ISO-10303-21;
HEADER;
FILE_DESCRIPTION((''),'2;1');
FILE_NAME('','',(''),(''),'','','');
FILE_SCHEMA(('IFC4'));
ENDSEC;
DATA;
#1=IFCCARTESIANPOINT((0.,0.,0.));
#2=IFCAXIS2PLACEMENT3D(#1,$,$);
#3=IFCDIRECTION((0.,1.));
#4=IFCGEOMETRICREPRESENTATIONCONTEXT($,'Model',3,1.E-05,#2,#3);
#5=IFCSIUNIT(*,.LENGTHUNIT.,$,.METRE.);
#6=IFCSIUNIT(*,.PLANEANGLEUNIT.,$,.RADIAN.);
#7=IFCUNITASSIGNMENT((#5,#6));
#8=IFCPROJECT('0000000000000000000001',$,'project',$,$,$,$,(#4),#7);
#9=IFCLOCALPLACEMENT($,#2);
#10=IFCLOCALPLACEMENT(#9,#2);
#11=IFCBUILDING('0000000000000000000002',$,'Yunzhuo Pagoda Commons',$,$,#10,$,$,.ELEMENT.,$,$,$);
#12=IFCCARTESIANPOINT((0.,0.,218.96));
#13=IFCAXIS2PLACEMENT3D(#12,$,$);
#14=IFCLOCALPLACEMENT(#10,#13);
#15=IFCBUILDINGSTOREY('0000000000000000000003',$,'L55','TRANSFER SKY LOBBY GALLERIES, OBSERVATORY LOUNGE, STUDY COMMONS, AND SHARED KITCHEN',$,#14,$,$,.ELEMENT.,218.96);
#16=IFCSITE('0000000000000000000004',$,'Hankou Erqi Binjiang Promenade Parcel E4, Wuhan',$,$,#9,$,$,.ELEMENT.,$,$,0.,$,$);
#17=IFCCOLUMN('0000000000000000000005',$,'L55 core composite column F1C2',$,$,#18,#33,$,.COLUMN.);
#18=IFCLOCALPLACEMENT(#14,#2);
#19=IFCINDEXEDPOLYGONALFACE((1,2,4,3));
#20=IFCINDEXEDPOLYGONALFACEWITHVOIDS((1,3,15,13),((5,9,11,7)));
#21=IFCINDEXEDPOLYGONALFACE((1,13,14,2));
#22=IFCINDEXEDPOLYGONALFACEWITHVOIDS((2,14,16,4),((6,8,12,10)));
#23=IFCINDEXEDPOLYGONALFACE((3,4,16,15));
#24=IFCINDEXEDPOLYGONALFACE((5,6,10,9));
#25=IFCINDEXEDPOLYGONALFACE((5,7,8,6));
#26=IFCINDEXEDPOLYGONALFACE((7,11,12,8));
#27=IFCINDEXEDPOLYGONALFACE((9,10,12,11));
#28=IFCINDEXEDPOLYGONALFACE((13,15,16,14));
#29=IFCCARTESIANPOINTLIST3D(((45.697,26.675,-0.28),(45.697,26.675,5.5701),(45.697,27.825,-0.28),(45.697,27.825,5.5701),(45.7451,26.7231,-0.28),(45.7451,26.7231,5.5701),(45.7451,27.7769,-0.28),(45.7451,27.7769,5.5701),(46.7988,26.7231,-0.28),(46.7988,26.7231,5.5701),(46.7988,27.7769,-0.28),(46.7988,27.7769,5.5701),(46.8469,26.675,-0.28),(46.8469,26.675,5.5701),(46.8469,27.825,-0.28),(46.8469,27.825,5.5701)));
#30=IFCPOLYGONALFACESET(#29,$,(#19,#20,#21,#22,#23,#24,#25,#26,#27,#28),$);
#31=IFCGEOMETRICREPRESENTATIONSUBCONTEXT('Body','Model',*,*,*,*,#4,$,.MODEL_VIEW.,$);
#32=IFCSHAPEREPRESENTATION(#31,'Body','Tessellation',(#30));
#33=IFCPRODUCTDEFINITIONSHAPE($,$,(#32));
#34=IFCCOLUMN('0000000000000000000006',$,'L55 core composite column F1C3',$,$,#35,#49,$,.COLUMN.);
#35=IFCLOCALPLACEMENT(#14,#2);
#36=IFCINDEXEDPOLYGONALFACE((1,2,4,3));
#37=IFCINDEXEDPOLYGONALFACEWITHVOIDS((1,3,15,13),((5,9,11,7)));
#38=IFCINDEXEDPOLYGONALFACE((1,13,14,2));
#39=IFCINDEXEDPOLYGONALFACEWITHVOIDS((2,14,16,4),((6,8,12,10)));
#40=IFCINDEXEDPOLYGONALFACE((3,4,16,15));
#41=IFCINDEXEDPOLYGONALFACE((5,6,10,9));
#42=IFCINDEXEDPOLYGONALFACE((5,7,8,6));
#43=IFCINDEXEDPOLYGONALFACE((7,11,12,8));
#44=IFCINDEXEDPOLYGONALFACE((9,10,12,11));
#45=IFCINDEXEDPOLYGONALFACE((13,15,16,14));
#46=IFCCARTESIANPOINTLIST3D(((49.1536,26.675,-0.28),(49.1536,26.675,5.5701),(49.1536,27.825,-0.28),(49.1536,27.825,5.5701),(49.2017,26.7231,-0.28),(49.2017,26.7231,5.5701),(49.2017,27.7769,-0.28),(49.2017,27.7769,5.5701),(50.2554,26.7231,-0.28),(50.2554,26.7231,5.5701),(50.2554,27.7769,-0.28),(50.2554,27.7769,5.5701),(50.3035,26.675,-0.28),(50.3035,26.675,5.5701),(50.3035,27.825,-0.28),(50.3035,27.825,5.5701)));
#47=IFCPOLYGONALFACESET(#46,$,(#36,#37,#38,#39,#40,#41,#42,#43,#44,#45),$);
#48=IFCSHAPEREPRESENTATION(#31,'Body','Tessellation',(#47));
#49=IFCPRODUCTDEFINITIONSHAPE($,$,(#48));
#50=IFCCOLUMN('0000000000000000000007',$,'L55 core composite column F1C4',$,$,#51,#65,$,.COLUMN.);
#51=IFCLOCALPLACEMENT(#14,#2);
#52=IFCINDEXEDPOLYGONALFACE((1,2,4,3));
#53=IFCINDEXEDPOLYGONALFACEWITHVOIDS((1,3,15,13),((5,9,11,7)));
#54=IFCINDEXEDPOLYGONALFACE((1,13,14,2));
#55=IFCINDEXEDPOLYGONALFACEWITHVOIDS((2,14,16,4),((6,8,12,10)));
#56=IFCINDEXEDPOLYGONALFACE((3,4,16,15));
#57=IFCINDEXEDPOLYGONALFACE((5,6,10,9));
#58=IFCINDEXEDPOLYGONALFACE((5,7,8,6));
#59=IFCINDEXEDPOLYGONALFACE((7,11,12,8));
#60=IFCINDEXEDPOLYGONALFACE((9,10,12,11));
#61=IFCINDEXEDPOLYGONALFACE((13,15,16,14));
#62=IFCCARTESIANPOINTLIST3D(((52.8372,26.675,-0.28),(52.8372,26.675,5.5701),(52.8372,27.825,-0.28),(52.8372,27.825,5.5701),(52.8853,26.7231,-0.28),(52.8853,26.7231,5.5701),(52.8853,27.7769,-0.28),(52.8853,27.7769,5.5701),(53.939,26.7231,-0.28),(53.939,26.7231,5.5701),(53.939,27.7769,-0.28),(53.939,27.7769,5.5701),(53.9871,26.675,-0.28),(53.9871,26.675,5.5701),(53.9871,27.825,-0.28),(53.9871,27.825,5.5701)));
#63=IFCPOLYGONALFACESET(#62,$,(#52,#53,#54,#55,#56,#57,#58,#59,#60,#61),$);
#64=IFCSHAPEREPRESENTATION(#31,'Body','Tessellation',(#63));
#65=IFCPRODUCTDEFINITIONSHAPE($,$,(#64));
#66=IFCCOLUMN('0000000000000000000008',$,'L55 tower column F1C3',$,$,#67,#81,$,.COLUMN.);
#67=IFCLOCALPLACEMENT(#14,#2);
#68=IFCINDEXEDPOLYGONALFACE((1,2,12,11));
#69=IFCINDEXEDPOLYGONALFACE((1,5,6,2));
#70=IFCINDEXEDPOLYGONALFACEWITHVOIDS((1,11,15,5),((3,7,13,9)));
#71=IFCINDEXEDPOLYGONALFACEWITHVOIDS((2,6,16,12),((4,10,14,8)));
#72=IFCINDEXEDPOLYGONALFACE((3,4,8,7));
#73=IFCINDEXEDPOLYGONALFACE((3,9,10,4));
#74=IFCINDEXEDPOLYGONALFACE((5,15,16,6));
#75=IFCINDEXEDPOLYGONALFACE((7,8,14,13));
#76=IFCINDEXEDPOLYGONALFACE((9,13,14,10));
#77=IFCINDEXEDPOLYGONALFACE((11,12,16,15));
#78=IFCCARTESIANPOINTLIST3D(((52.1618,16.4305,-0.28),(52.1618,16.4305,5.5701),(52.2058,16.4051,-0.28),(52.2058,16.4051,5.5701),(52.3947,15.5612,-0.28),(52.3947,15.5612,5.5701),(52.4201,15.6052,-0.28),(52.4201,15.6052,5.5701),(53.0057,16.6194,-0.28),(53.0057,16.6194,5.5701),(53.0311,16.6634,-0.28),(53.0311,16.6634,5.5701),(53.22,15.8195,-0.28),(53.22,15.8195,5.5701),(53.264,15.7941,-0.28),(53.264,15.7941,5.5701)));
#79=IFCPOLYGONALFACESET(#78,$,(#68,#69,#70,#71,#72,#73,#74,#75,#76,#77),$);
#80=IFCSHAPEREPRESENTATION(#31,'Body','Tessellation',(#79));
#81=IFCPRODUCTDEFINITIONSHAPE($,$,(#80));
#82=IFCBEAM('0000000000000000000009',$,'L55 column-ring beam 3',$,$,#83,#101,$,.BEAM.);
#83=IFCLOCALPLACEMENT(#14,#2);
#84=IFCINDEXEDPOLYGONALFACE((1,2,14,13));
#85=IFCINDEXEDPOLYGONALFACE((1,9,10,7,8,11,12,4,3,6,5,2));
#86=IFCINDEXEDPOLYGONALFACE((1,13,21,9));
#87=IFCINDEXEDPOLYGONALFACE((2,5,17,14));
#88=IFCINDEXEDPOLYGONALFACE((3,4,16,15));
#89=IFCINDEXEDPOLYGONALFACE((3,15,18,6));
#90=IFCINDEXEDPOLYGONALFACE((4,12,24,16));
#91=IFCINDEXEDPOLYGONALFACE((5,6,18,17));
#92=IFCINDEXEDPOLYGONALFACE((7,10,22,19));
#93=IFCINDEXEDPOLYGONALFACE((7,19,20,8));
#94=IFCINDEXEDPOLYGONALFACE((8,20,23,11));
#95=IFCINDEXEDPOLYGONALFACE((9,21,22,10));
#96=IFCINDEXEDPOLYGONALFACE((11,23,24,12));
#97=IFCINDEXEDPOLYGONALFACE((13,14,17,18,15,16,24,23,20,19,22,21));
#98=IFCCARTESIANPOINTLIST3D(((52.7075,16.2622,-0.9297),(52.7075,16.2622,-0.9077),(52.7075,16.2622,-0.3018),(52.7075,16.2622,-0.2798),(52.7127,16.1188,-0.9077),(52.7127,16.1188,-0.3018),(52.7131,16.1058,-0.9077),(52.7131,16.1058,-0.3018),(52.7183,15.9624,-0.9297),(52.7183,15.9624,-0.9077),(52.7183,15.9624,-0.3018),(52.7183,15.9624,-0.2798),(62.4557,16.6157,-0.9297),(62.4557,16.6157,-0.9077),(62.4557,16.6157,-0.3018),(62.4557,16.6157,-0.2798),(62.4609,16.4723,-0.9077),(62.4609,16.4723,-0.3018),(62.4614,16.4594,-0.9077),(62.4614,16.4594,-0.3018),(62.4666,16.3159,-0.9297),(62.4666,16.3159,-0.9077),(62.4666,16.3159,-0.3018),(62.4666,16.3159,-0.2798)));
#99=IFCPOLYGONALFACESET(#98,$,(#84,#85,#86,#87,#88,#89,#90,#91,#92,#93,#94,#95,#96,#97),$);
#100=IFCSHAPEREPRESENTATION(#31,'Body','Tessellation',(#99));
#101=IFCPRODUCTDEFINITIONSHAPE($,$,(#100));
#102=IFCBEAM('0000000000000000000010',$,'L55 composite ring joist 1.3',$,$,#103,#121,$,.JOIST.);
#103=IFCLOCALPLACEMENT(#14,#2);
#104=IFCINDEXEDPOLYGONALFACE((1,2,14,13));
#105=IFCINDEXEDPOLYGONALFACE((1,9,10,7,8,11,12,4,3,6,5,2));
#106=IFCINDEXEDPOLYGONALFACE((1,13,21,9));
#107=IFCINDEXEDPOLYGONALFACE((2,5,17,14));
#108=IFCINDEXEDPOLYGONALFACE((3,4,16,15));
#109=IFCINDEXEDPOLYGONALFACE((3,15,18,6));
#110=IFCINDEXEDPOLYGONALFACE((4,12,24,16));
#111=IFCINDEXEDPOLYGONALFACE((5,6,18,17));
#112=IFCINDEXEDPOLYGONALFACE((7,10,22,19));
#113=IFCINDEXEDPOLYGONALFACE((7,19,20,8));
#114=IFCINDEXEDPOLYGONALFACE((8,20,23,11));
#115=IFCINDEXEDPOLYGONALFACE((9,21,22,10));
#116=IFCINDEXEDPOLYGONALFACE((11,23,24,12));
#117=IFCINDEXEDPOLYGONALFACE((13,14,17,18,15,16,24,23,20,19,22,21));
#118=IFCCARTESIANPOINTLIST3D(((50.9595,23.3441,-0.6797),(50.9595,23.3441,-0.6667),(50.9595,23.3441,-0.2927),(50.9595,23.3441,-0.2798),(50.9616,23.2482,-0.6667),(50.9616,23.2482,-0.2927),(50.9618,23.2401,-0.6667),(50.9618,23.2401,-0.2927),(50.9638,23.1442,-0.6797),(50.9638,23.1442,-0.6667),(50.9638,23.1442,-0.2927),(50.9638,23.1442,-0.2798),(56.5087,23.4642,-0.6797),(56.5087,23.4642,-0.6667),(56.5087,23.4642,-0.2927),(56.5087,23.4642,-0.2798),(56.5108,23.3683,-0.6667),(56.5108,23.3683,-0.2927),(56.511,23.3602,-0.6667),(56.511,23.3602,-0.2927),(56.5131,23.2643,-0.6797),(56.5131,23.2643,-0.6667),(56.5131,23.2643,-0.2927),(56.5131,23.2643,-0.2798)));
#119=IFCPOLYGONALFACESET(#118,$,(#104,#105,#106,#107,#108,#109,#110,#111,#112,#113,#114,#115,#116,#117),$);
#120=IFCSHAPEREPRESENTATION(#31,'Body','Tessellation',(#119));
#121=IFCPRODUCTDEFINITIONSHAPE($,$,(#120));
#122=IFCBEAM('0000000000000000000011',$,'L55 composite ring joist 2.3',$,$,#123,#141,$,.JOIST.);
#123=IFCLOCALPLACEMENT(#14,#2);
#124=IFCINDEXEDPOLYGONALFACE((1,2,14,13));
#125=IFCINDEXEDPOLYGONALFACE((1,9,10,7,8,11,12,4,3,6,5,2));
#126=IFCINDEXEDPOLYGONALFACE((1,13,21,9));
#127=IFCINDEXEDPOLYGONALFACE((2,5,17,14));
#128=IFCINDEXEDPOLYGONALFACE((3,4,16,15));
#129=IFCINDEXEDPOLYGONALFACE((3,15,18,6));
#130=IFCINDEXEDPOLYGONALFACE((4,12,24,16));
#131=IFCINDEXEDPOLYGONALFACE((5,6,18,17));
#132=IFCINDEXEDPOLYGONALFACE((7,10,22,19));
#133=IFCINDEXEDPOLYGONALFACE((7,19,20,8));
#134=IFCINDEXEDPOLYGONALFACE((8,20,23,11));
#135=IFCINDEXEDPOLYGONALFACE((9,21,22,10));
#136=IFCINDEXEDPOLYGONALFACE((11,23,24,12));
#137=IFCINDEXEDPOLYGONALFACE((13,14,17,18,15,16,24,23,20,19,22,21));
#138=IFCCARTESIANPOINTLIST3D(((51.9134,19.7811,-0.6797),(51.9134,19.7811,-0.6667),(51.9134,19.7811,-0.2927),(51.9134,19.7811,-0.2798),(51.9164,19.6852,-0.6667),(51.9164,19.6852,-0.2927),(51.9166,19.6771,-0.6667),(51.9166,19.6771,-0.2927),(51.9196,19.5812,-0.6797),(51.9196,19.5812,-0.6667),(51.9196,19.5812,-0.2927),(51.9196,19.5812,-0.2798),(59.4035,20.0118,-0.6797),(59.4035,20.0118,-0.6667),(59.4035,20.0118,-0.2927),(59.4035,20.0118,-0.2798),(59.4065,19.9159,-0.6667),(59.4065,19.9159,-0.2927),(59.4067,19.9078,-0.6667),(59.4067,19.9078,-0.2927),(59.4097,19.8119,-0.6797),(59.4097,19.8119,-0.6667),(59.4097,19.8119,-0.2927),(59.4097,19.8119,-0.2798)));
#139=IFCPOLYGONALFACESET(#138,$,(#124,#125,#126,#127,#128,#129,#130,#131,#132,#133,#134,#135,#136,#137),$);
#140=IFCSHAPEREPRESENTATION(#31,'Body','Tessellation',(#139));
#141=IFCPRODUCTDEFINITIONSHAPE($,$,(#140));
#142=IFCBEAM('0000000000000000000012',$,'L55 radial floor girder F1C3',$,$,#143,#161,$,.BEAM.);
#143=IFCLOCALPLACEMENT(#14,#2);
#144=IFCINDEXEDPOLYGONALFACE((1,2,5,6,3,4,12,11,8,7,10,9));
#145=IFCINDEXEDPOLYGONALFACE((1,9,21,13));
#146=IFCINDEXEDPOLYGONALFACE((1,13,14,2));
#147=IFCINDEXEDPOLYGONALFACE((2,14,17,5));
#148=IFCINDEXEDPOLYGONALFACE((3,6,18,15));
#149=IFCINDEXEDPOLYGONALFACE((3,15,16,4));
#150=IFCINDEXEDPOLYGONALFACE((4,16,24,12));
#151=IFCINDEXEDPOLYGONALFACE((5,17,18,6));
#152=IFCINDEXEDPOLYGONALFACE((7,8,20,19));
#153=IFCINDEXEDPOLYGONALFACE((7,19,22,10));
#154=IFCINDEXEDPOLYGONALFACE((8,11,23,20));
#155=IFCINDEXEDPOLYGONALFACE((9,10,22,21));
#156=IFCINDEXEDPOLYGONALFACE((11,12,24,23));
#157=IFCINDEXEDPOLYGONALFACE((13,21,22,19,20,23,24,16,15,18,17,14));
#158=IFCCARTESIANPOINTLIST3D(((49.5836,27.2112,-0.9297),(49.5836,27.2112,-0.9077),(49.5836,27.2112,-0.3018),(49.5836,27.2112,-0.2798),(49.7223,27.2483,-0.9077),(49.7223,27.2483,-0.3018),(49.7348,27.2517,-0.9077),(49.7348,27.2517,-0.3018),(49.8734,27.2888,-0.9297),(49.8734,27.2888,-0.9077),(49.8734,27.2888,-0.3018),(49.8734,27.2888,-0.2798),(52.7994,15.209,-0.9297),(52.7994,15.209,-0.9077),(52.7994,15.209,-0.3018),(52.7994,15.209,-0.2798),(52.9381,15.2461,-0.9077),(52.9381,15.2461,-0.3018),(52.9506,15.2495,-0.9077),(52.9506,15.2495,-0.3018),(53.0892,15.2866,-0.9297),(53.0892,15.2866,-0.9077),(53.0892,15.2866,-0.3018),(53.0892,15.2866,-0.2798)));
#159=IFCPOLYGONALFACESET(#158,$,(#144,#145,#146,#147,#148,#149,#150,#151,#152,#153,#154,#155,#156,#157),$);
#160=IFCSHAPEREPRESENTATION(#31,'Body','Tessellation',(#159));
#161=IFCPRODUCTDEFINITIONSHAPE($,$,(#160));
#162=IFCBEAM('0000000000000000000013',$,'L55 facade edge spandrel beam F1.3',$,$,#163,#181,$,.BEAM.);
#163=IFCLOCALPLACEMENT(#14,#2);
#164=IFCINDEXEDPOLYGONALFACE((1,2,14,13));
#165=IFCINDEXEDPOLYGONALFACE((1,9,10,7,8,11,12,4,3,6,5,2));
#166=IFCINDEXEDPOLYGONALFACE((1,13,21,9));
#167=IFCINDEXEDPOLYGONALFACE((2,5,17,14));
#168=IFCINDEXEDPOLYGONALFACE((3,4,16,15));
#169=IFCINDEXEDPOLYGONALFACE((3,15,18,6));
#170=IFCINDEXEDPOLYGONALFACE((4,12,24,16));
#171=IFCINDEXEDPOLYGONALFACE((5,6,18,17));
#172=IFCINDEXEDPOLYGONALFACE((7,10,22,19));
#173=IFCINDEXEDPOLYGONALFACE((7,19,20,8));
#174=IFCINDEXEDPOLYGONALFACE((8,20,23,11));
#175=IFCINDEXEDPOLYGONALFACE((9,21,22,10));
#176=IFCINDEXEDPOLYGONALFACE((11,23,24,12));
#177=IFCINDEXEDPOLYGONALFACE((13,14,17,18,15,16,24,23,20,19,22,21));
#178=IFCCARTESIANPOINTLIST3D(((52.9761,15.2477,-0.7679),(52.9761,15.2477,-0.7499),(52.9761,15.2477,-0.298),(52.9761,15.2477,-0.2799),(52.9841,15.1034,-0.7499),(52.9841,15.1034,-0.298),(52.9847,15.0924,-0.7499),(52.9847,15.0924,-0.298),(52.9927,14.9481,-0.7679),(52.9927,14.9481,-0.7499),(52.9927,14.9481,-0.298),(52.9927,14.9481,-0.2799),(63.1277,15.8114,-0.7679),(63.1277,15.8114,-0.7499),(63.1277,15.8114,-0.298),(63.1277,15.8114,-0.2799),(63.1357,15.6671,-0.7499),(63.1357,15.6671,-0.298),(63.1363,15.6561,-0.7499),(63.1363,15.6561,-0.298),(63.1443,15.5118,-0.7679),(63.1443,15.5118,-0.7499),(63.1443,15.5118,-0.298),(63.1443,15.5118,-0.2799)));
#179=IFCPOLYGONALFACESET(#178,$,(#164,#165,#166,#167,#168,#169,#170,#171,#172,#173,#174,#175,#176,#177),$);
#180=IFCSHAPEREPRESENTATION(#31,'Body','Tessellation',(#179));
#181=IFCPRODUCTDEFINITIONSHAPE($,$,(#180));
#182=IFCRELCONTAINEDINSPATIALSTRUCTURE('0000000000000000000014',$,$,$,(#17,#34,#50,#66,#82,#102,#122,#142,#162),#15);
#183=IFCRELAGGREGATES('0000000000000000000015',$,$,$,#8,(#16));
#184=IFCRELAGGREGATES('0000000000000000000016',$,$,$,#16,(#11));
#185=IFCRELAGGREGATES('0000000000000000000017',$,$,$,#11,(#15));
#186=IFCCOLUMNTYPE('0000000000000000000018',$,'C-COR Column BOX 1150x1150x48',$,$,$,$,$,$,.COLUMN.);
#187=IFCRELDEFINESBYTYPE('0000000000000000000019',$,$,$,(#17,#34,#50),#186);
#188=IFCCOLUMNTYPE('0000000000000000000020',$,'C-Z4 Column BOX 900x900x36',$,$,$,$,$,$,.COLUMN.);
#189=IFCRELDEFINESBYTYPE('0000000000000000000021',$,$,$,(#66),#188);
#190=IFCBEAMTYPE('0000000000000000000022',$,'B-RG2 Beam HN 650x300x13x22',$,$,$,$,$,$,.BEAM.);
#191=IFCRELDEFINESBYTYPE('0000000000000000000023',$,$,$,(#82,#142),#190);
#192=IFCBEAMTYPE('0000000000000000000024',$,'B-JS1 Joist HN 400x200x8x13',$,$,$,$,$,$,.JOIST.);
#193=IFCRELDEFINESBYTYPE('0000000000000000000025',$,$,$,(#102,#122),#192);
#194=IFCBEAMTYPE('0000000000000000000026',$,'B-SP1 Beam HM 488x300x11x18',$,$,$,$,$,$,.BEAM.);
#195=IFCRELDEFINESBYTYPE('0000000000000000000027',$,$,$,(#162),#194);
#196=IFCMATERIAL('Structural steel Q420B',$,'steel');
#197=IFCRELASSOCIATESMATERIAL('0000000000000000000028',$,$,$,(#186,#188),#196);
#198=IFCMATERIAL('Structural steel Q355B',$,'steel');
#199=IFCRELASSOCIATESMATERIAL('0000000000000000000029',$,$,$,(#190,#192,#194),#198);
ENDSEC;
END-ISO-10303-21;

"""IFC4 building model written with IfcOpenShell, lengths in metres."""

from ifc_helpers import new_model, si_unit, direction, frame, origin, origin_2d, place, context, subcontext, project, spatial, hollow_rectangle, i_section, extrude, source, transform, mapped, material, material_profile, profile_set, type_object, element, save


model = new_model("IFC4")

# Units and contexts
model_context = context("Model", 3, precision=1e-05, world=origin(), true_north=direction((0.0, 1.0)))
body_context = subcontext(model_context, "Body", "Model", "MODEL_VIEW")
ifc_project = project(units=[si_unit("LENGTHUNIT", "METRE"), si_unit("PLANEANGLEUNIT", "RADIAN")], contexts=[model_context])

# Site, building, storey
site_placement = place(None, origin())
site = spatial("IfcSite", under=ifc_project, at=site_placement, Name="Hankou Erqi Binjiang Promenade Parcel E4, Wuhan", CompositionType="ELEMENT", RefElevation=0.0)
building_placement = place(site_placement, origin())
building = spatial("IfcBuilding", under=site, at=building_placement, Name="Yunzhuo Pagoda Commons", CompositionType="ELEMENT")
storey_placement = place(building_placement, frame((0.0, 0.0, 218.96)))
storey = spatial("IfcBuildingStorey", under=building, at=storey_placement, Name="L55", Description="TRANSFER SKY LOBBY GALLERIES, OBSERVATORY LOUNGE, STUDY COMMONS, AND SHARED KITCHEN", CompositionType="ELEMENT", Elevation=218.96)

# Columns
ifc_material_1 = material(Name="Structural steel Q420B", Category="steel")
ifc_material_profile_1 = material_profile(ifc_material_1, hollow_rectangle(XDim=1.1499, YDim=1.1499, WallThickness=0.0481, at=origin_2d()), Name="Structural steel Q420B")
ifc_profile_set_1 = profile_set([ifc_material_profile_1], Name="Structural steel Q420B")
column_type_1 = type_object("IfcColumnType", Name="C-COR Column BOX 1150x1150x48", PredefinedType="COLUMN", material=ifc_profile_set_1)
shared_shape_1 = source(origin(), body_context, "Body", "SweptSolid", [
    extrude(hollow_rectangle(XDim=1.1499, YDim=1.1499, WallThickness=0.0481, at=origin_2d()), origin(), (0.0, 0.0, 1.0), 5.8501),
])
for number, where, z_axis, x_axis, name in (
    (1, (46.272, 27.25, -0.28), (0.0, 0.0, 1.0), (1.0, 0.0, 0.0), "L55 core composite column F1C2"),
    (2, (49.7285, 27.25, -0.28), (0.0, 0.0, 1.0), (1.0, 0.0, 0.0), "L55 core composite column F1C3"),
    (3, (53.4121, 27.25, -0.28), (0.0, 0.0, 1.0), (1.0, 0.0, 0.0), "L55 core composite column F1C4"),
):
    element("IfcColumn", number, at=place(storey_placement, frame(where, z_axis=z_axis, x_axis=x_axis)), inside=storey, type_object=column_type_1, Name=name, PredefinedType="COLUMN", context=body_context, shape_type="MappedRepresentation", body=[
        mapped(shared_shape_1, transform((0.0, 0.0, 0.0), scale=1.0)),
    ])
ifc_material_profile_2 = material_profile(ifc_material_1, hollow_rectangle(XDim=0.8999, YDim=0.8999, WallThickness=0.0359, at=origin_2d()), Name="Structural steel Q420B")
ifc_profile_set_2 = profile_set([ifc_material_profile_2], Name="Structural steel Q420B")
column_type_2 = type_object("IfcColumnType", Name="C-Z4 Column BOX 900x900x36", PredefinedType="COLUMN", material=ifc_profile_set_2)
shared_shape_2 = source(origin(), body_context, "Body", "SweptSolid", [
    extrude(hollow_rectangle(XDim=0.8999, YDim=0.8999, WallThickness=0.0359, at=origin_2d()), origin(), (0.0, 0.0, 1.0), 5.8501),
])
column_placement = place(storey_placement, frame((52.7129, 16.1123, -0.28), z_axis=(0.0, 0.0, 1.0), x_axis=(0.965926, 0.258819, 0.0)))
element("IfcColumn", 4, at=column_placement, inside=storey, type_object=column_type_2, Name="L55 tower column F1C3", PredefinedType="COLUMN", context=body_context, shape_type="MappedRepresentation", body=[
    mapped(shared_shape_2, transform((0.0, 0.0, 0.0), scale=1.0)),
])

# Beams
ifc_material_2 = material(Name="Structural steel Q355B", Category="steel")
ifc_material_profile_3 = material_profile(ifc_material_2, i_section(OverallWidth=0.3, OverallDepth=0.6499, WebThickness=0.0129, FlangeThickness=0.022, at=origin_2d()), Name="Structural steel Q355B")
ifc_profile_set_3 = profile_set([ifc_material_profile_3], Name="Structural steel Q355B")
beam_type_1 = type_object("IfcBeamType", Name="B-RG2 Beam HN 650x300x13x22", PredefinedType="BEAM", material=ifc_profile_set_3)
shared_shape_3 = source(origin(), body_context, "Body", "SweptSolid", [
    extrude(i_section(OverallWidth=0.3, OverallDepth=0.6499, WebThickness=0.0129, FlangeThickness=0.022, at=origin_2d()), origin(), (0.0, 0.0, 1.0), 9.7546),
])
beam_1_placement = place(storey_placement, frame((52.7129, 16.1123, -0.6047), z_axis=(0.999343, 0.036241, 0.0), x_axis=(-0.036241, 0.999343, 0.0)))
element("IfcBeam", 5, at=beam_1_placement, inside=storey, type_object=beam_type_1, Name="L55 column-ring beam 3", PredefinedType="BEAM", context=body_context, shape_type="MappedRepresentation", body=[
    mapped(shared_shape_3, transform((0.0, 0.0, 0.0), scale=1.0)),
])
ifc_material_profile_4 = material_profile(ifc_material_2, i_section(OverallWidth=0.2, OverallDepth=0.3999, WebThickness=0.0081, FlangeThickness=0.0129, at=origin_2d()), Name="Structural steel Q355B")
ifc_profile_set_4 = profile_set([ifc_material_profile_4], Name="Structural steel Q355B")
beam_type_2 = type_object("IfcBeamType", Name="B-JS1 Joist HN 400x200x8x13", PredefinedType="JOIST", material=ifc_profile_set_4)
shared_shape_4 = source(origin(), body_context, "Body", "SweptSolid", [
    extrude(i_section(OverallWidth=0.2, OverallDepth=0.3999, WebThickness=0.0081, FlangeThickness=0.0129, at=origin_2d()), origin(), (0.0, 0.0, 1.0), 5.5505),
])
beam_2_placement = place(storey_placement, frame((50.9617, 23.2441, -0.4797), z_axis=(0.999766, 0.02164, 0.0), x_axis=(-0.02164, 0.999766, 0.0)))
element("IfcBeam", 6, at=beam_2_placement, inside=storey, type_object=beam_type_2, Name="L55 composite ring joist 1.3", PredefinedType="JOIST", context=body_context, shape_type="MappedRepresentation", body=[
    mapped(shared_shape_4, transform((0.0, 0.0, 0.0), scale=1.0)),
])
shared_shape_5 = source(origin(), body_context, "Body", "SweptSolid", [
    extrude(i_section(OverallWidth=0.2, OverallDepth=0.3999, WebThickness=0.0081, FlangeThickness=0.0129, at=origin_2d()), origin(), (0.0, 0.0, 1.0), 7.4937),
])
beam_3_placement = place(storey_placement, frame((51.9165, 19.6812, -0.4797), z_axis=(0.999526, 0.030788, 0.0), x_axis=(-0.030788, 0.999526, 0.0)))
element("IfcBeam", 7, at=beam_3_placement, inside=storey, type_object=beam_type_2, Name="L55 composite ring joist 2.3", PredefinedType="JOIST", context=body_context, shape_type="MappedRepresentation", body=[
    mapped(shared_shape_5, transform((0.0, 0.0, 0.0), scale=1.0)),
])
shared_shape_6 = source(origin(), body_context, "Body", "SweptSolid", [
    extrude(i_section(OverallWidth=0.3, OverallDepth=0.6499, WebThickness=0.0129, FlangeThickness=0.022, at=origin_2d()), origin(), (0.0, 0.0, 1.0), 12.4255),
])
beam_4_placement = place(storey_placement, frame((52.9443, 15.2478, -0.6047), z_axis=(-0.258807, 0.965929, 0.0), x_axis=(-0.965929, -0.258807, 0.0)))
element("IfcBeam", 8, at=beam_4_placement, inside=storey, type_object=beam_type_1, Name="L55 radial floor girder F1C3", PredefinedType="BEAM", context=body_context, shape_type="MappedRepresentation", body=[
    mapped(shared_shape_6, transform((0.0, 0.0, 0.0), scale=1.0)),
])
ifc_material_profile_5 = material_profile(ifc_material_2, i_section(OverallWidth=0.3, OverallDepth=0.488, WebThickness=0.011, FlangeThickness=0.0181, at=origin_2d()), Name="Structural steel Q355B")
ifc_profile_set_5 = profile_set([ifc_material_profile_5], Name="Structural steel Q355B")
beam_type_3 = type_object("IfcBeamType", Name="B-SP1 Beam HM 488x300x11x18", PredefinedType="BEAM", material=ifc_profile_set_5)
shared_shape_7 = source(origin(), body_context, "Body", "SweptSolid", [
    extrude(i_section(OverallWidth=0.3, OverallDepth=0.488, WebThickness=0.011, FlangeThickness=0.0181, at=origin_2d()), origin(), (0.0, 0.0, 1.0), 10.1672),
])
beam_5_placement = place(storey_placement, frame((52.9844, 15.0979, -0.5239), z_axis=(0.998462, 0.055445, 0.0), x_axis=(-0.055445, 0.998462, 0.0)))
element("IfcBeam", 9, at=beam_5_placement, inside=storey, type_object=beam_type_3, Name="L55 facade edge spandrel beam F1.3", PredefinedType="BEAM", context=body_context, shape_type="MappedRepresentation", body=[
    mapped(shared_shape_7, transform((0.0, 0.0, 0.0), scale=1.0)),
])

save(model, "model.ifc")
